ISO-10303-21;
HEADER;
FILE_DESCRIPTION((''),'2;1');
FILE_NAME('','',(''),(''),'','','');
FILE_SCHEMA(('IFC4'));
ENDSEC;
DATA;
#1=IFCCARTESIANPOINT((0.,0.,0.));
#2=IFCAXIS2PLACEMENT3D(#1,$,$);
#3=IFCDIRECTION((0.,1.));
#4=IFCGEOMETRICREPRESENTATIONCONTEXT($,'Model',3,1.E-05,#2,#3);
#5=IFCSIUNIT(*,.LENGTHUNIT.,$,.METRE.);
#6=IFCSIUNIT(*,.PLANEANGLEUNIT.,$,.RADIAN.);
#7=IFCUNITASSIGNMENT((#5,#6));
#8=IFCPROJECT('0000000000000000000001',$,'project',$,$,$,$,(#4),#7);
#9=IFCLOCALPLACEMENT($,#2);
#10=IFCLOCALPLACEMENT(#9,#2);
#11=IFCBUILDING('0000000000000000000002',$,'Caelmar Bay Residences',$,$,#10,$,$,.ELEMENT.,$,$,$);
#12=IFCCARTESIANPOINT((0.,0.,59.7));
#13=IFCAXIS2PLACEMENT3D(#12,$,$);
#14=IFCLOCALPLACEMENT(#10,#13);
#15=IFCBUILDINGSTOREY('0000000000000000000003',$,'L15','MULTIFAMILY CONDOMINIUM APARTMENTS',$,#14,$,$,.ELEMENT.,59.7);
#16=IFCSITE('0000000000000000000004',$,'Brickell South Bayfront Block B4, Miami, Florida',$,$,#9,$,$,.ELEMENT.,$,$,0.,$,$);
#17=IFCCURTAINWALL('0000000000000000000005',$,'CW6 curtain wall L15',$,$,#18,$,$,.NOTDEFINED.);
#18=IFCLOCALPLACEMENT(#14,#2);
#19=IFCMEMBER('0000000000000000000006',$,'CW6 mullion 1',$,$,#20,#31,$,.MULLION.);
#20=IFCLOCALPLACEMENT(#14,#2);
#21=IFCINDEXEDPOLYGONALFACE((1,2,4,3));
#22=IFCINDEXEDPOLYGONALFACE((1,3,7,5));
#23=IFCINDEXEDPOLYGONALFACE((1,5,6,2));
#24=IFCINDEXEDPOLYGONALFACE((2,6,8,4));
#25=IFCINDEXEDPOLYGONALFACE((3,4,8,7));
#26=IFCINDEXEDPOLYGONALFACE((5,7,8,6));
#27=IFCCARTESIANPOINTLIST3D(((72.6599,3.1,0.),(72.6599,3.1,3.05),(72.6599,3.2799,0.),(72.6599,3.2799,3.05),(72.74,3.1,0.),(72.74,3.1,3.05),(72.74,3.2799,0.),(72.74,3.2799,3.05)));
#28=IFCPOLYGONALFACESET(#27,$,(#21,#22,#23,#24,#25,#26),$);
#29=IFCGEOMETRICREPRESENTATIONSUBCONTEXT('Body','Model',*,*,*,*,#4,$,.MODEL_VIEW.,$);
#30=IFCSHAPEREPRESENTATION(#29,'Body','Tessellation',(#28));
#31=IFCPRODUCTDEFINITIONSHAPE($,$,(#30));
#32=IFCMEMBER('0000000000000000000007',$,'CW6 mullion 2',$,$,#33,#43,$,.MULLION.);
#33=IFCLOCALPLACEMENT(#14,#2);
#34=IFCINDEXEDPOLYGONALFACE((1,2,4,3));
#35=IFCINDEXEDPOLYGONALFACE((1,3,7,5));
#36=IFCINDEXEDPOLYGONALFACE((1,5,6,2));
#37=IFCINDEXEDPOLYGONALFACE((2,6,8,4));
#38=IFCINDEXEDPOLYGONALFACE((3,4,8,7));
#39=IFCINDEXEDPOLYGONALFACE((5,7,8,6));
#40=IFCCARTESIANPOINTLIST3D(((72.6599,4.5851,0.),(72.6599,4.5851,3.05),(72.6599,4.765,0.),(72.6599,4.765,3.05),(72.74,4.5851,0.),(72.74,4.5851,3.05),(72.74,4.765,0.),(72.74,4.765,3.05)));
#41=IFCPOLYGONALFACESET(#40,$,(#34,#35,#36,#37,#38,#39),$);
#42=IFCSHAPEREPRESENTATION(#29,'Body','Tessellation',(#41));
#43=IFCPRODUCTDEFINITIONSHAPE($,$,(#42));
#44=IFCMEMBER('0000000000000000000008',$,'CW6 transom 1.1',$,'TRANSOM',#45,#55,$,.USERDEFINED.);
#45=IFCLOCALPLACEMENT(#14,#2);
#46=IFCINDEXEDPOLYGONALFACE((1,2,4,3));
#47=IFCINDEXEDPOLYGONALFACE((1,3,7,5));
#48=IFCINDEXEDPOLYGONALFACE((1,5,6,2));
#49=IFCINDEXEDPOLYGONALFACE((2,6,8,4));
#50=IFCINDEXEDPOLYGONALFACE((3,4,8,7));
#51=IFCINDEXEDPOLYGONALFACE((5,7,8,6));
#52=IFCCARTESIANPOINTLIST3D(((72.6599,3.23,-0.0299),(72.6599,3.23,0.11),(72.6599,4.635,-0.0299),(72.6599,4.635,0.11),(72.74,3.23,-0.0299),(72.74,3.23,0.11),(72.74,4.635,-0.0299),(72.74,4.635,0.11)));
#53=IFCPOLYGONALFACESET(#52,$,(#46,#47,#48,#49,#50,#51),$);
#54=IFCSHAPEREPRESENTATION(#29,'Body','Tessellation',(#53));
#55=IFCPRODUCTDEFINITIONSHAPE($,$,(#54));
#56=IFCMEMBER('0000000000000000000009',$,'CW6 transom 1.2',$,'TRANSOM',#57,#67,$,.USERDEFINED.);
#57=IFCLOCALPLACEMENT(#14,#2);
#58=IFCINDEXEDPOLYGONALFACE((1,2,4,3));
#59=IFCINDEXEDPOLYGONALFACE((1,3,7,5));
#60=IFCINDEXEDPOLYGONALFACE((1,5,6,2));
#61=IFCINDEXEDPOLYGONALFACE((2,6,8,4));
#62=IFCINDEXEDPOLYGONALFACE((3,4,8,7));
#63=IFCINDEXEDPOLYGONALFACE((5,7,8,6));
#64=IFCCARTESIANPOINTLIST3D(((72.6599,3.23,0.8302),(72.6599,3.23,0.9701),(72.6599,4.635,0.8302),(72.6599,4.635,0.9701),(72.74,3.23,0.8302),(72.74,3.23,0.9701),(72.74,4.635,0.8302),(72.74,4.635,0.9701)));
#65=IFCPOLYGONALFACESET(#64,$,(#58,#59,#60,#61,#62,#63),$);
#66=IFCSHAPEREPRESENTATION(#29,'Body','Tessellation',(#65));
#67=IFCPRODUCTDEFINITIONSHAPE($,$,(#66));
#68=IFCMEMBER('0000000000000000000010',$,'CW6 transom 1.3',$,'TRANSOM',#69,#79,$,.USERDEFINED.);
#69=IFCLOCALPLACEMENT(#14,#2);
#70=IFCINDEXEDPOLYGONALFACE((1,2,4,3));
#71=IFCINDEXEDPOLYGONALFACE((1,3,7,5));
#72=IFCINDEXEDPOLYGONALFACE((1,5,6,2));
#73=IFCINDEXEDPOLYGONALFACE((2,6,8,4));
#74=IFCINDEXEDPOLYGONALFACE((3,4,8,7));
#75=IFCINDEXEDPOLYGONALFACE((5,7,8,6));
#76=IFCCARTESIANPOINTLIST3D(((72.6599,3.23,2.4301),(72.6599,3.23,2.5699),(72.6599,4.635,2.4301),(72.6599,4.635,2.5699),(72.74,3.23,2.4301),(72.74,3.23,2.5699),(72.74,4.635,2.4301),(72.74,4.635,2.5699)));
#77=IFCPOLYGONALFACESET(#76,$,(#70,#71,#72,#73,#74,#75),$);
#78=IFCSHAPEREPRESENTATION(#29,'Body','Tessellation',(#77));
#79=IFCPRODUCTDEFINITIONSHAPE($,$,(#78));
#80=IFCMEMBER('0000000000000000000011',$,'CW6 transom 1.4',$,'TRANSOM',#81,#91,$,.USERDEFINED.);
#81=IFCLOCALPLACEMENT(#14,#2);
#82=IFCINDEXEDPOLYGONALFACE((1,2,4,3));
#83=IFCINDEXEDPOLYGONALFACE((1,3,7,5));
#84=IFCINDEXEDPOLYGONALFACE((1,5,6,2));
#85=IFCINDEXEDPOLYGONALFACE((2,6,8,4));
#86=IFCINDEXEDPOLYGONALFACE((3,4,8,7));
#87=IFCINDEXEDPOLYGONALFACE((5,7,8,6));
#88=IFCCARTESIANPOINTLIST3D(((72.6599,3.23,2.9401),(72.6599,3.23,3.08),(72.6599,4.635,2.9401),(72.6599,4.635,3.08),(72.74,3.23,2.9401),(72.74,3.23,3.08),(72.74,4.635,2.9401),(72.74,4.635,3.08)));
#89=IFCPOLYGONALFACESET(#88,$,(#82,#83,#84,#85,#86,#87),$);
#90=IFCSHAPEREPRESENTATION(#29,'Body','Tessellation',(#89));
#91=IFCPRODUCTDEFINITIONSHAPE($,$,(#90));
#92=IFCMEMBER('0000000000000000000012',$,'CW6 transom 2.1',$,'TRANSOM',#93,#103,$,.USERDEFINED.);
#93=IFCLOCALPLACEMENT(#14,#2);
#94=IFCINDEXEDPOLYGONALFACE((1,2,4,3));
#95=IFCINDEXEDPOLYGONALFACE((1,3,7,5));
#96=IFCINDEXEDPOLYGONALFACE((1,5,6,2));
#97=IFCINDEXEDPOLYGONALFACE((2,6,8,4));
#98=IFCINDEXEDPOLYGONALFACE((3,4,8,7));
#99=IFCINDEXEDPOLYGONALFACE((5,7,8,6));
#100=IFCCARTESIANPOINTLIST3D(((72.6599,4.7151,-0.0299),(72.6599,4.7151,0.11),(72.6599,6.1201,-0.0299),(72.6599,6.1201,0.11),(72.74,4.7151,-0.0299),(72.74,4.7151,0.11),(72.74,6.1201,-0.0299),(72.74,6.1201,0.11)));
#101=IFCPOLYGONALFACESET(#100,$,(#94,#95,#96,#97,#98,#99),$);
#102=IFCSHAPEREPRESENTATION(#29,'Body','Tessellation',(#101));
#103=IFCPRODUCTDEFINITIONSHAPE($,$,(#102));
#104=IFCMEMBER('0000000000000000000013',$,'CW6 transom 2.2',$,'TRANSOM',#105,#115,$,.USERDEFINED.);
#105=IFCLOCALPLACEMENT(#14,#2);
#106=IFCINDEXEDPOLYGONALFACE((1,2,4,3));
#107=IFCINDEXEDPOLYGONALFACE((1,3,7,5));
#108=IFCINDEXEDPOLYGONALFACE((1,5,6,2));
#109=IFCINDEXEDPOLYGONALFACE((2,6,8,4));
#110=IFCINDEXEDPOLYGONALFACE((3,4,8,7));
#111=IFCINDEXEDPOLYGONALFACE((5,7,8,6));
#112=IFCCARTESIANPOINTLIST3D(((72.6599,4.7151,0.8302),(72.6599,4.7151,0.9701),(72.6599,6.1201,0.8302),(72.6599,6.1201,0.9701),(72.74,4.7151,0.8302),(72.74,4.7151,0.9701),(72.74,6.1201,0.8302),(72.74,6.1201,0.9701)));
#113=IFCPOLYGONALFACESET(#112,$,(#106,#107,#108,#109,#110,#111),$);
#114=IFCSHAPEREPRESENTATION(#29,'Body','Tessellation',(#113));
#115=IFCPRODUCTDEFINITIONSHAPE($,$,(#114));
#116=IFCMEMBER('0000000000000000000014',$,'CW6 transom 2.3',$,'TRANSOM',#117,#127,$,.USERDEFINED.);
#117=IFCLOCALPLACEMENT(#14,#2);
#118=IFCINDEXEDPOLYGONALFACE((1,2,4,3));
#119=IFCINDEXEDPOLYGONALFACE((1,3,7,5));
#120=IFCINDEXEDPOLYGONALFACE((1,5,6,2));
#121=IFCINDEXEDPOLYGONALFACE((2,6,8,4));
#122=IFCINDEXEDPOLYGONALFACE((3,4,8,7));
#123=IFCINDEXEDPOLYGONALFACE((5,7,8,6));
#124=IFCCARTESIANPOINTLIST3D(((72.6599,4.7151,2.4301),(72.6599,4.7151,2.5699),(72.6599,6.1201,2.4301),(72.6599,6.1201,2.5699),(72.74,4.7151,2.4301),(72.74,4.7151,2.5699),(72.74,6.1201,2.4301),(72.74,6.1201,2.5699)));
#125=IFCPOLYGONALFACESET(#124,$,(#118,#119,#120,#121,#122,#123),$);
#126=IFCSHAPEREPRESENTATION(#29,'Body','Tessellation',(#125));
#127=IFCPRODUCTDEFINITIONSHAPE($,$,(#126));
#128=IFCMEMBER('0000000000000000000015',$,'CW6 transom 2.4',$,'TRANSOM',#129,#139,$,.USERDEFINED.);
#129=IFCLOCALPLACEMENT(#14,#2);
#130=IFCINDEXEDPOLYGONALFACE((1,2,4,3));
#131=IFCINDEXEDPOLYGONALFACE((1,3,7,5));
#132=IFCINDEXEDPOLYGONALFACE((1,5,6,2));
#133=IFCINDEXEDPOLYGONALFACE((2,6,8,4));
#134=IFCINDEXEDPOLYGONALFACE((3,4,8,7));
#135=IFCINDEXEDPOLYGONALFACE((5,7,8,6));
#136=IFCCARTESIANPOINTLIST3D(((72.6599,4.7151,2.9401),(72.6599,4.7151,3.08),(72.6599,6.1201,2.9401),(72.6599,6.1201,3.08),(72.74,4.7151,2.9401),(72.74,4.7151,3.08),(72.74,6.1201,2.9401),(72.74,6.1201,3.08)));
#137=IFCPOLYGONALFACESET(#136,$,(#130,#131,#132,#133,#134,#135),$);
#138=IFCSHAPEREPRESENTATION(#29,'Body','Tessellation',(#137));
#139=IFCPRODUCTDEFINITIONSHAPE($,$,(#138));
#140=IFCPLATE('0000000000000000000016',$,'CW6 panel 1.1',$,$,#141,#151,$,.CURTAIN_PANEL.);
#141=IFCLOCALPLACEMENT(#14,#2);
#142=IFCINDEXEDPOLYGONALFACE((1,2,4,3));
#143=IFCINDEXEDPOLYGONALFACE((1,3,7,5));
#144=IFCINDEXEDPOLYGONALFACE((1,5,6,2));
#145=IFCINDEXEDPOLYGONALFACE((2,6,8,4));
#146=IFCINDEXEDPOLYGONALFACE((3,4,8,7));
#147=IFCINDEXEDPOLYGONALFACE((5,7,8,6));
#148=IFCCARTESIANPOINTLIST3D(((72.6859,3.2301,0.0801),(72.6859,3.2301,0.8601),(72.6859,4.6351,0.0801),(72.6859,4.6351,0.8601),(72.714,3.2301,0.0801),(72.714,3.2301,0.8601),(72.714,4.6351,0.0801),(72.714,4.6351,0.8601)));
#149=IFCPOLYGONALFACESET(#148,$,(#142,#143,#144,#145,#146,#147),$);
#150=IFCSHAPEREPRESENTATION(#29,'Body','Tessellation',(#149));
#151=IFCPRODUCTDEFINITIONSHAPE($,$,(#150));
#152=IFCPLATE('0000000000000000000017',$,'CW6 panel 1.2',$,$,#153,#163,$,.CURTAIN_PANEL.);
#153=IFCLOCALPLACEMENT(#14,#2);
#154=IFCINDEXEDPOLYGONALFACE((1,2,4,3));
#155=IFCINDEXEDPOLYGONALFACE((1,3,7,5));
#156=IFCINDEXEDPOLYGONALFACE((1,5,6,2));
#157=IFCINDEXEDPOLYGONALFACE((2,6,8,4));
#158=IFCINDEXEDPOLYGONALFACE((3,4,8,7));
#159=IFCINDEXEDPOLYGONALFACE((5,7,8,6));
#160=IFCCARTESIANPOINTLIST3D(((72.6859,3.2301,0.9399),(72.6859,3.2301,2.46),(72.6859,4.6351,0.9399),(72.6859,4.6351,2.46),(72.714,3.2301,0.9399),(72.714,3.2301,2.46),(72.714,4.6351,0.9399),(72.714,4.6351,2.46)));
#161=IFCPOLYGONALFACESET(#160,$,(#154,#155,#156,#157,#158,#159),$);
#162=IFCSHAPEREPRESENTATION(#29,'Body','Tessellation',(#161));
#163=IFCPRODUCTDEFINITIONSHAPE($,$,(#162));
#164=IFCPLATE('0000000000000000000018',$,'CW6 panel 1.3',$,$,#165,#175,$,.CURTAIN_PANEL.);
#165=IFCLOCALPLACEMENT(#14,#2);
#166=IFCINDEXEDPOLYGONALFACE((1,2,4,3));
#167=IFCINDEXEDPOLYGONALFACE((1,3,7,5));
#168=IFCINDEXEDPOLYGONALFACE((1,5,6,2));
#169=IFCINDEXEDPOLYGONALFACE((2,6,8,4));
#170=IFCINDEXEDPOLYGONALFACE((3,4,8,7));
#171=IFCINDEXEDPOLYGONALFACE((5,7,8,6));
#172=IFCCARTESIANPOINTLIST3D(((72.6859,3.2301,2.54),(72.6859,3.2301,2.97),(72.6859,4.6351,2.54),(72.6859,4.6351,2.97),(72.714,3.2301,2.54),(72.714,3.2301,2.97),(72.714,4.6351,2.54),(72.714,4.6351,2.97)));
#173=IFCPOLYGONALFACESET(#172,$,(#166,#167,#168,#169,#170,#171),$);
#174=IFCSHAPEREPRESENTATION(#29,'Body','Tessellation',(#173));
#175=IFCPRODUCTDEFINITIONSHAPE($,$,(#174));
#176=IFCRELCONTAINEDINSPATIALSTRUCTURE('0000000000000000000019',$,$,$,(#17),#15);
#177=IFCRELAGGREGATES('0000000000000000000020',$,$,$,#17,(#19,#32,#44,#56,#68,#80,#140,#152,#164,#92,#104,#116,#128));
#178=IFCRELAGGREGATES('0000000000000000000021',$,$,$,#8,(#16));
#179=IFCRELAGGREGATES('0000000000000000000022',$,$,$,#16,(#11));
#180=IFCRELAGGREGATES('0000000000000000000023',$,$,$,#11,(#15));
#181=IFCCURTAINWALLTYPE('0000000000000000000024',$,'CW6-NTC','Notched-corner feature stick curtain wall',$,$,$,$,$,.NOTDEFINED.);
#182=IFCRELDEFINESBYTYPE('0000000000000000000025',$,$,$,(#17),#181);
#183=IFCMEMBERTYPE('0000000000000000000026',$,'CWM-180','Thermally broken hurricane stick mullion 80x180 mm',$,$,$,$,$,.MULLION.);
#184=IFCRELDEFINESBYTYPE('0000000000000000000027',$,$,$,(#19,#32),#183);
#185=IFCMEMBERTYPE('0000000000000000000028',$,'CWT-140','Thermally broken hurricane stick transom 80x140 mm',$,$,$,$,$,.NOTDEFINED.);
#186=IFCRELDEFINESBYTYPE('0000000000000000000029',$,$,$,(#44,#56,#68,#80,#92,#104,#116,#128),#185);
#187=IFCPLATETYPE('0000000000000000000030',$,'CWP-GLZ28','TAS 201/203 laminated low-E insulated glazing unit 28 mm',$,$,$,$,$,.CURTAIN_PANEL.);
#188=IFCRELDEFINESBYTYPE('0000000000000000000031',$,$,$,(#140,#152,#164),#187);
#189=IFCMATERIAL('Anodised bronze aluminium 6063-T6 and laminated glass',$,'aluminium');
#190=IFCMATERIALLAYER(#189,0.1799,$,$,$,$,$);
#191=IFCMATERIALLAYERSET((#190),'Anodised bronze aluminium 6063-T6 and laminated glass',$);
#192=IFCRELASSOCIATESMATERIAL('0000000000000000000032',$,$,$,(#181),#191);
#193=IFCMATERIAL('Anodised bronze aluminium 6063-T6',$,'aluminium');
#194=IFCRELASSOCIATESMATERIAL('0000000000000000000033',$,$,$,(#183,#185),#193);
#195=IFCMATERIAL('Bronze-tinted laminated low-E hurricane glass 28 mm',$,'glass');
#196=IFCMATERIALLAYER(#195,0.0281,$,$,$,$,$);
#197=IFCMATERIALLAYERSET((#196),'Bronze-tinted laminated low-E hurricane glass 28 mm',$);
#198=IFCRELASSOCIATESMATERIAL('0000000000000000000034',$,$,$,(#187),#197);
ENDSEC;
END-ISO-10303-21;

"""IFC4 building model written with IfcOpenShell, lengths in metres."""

from ifc_helpers import new_model, si_unit, direction, frame, origin, origin_2d, place, context, subcontext, project, spatial, rectangle, extrude, material, layer, layer_set, material_profile, profile_set, type_object, element, aggregate, save


model = new_model("IFC4")

# Units and contexts
model_context = context("Model", 3, precision=1e-05, world=origin(), true_north=direction((0.0, 1.0)))
body_context = subcontext(model_context, "Body", "Model", "MODEL_VIEW")
ifc_project = project(units=[si_unit("LENGTHUNIT", "METRE"), si_unit("PLANEANGLEUNIT", "RADIAN")], contexts=[model_context])

# Site, building, storey
site_placement = place(None, origin())
site = spatial("IfcSite", under=ifc_project, at=site_placement, Name="Brickell South Bayfront Block B4, Miami, Florida", CompositionType="ELEMENT", RefElevation=0.0)
building_placement = place(site_placement, origin())
building = spatial("IfcBuilding", under=site, at=building_placement, Name="Caelmar Bay Residences", CompositionType="ELEMENT")
storey_placement = place(building_placement, frame((0.0, 0.0, 59.7)))
storey = spatial("IfcBuildingStorey", under=building, at=storey_placement, Name="L15", Description="MULTIFAMILY CONDOMINIUM APARTMENTS", CompositionType="ELEMENT", Elevation=59.7)

# Curtain wall, members, plates
ifc_material_1 = material(Name="Anodised bronze aluminium 6063-T6 and laminated glass", Category="aluminium")
ifc_layer_1 = layer(ifc_material_1, 0.1799)
ifc_layer_set_1 = layer_set([ifc_layer_1], Name="Anodised bronze aluminium 6063-T6 and laminated glass")
curtain_wall_type = type_object("IfcCurtainWallType", Name="CW6-NTC", Description="Notched-corner feature stick curtain wall", PredefinedType="NOTDEFINED", material=ifc_layer_set_1)
curtain_wall_placement = place(storey_placement, origin())
curtain_wall = element("IfcCurtainWall", 1, at=curtain_wall_placement, inside=storey, type_object=curtain_wall_type, Name="CW6 curtain wall L15", PredefinedType="NOTDEFINED")
ifc_material_2 = material(Name="Anodised bronze aluminium 6063-T6", Category="aluminium")
ifc_material_profile_1 = material_profile(ifc_material_2, rectangle(XDim=0.0801, YDim=0.1799, at=origin_2d()), Name="CWM-80X180")
ifc_profile_set_1 = profile_set([ifc_material_profile_1], Name="Anodised bronze aluminium 6063-T6")
member_type_1 = type_object("IfcMemberType", Name="CWM-180", Description="Thermally broken hurricane stick mullion 80x180 mm", PredefinedType="MULLION", material=ifc_profile_set_1)
member_1_placement = place(storey_placement, frame((72.7, 3.1899, 0.0), z_axis=(0.0, 0.0, 1.0), x_axis=(-1.0, 0.0, 0.0)))
member_1 = element("IfcMember", 2, at=member_1_placement, type_object=member_type_1, Name="CW6 mullion 1", PredefinedType="MULLION", context=body_context, shape_type="SweptSolid", body=[
    extrude(rectangle(XDim=0.0801, YDim=0.1799, at=origin_2d()), origin(), (0.0, 0.0, 1.0), 3.05),
])
member_2_placement = place(storey_placement, frame((72.7, 4.675, 0.0), z_axis=(0.0, 0.0, 1.0), x_axis=(-1.0, 0.0, 0.0)))
member_2 = element("IfcMember", 3, at=member_2_placement, type_object=member_type_1, Name="CW6 mullion 2", PredefinedType="MULLION", context=body_context, shape_type="SweptSolid", body=[
    extrude(rectangle(XDim=0.0801, YDim=0.1799, at=origin_2d()), origin(), (0.0, 0.0, 1.0), 3.05),
])
ifc_material_profile_2 = material_profile(ifc_material_2, rectangle(XDim=0.0801, YDim=0.1399, at=origin_2d()), Name="CWT-80X140")
ifc_profile_set_2 = profile_set([ifc_material_profile_2], Name="Anodised bronze aluminium 6063-T6")
member_type_2 = type_object("IfcMemberType", Name="CWT-140", Description="Thermally broken hurricane stick transom 80x140 mm", PredefinedType="NOTDEFINED", material=ifc_profile_set_2)
member_3_placement = place(storey_placement, frame((72.7, 3.23, 0.04), z_axis=(0.0, 1.0, 0.0), x_axis=(-1.0, 0.0, 0.0)))
member_3 = element("IfcMember", 4, at=member_3_placement, type_object=member_type_2, Name="CW6 transom 1.1", ObjectType="TRANSOM", PredefinedType="USERDEFINED", context=body_context, shape_type="SweptSolid", body=[
    extrude(rectangle(XDim=0.0801, YDim=0.1399, at=origin_2d()), origin(), (0.0, 0.0, 1.0), 1.405),
])
member_4_placement = place(storey_placement, frame((72.7, 3.23, 0.9001), z_axis=(0.0, 1.0, 0.0), x_axis=(-1.0, 0.0, 0.0)))
member_4 = element("IfcMember", 5, at=member_4_placement, type_object=member_type_2, Name="CW6 transom 1.2", ObjectType="TRANSOM", PredefinedType="USERDEFINED", context=body_context, shape_type="SweptSolid", body=[
    extrude(rectangle(XDim=0.0801, YDim=0.1399, at=origin_2d()), origin(), (0.0, 0.0, 1.0), 1.405),
])
member_5_placement = place(storey_placement, frame((72.7, 3.23, 2.5), z_axis=(0.0, 1.0, 0.0), x_axis=(-1.0, 0.0, 0.0)))
member_5 = element("IfcMember", 6, at=member_5_placement, type_object=member_type_2, Name="CW6 transom 1.3", ObjectType="TRANSOM", PredefinedType="USERDEFINED", context=body_context, shape_type="SweptSolid", body=[
    extrude(rectangle(XDim=0.0801, YDim=0.1399, at=origin_2d()), origin(), (0.0, 0.0, 1.0), 1.405),
])
member_6_placement = place(storey_placement, frame((72.7, 3.23, 3.01), z_axis=(0.0, 1.0, 0.0), x_axis=(-1.0, 0.0, 0.0)))
member_6 = element("IfcMember", 7, at=member_6_placement, type_object=member_type_2, Name="CW6 transom 1.4", ObjectType="TRANSOM", PredefinedType="USERDEFINED", context=body_context, shape_type="SweptSolid", body=[
    extrude(rectangle(XDim=0.0801, YDim=0.1399, at=origin_2d()), origin(), (0.0, 0.0, 1.0), 1.405),
])
member_7_placement = place(storey_placement, frame((72.7, 4.7151, 0.04), z_axis=(0.0, 1.0, 0.0), x_axis=(-1.0, 0.0, 0.0)))
member_7 = element("IfcMember", 8, at=member_7_placement, type_object=member_type_2, Name="CW6 transom 2.1", ObjectType="TRANSOM", PredefinedType="USERDEFINED", context=body_context, shape_type="SweptSolid", body=[
    extrude(rectangle(XDim=0.0801, YDim=0.1399, at=origin_2d()), origin(), (0.0, 0.0, 1.0), 1.405),
])
member_8_placement = place(storey_placement, frame((72.7, 4.7151, 0.9001), z_axis=(0.0, 1.0, 0.0), x_axis=(-1.0, 0.0, 0.0)))
member_8 = element("IfcMember", 9, at=member_8_placement, type_object=member_type_2, Name="CW6 transom 2.2", ObjectType="TRANSOM", PredefinedType="USERDEFINED", context=body_context, shape_type="SweptSolid", body=[
    extrude(rectangle(XDim=0.0801, YDim=0.1399, at=origin_2d()), origin(), (0.0, 0.0, 1.0), 1.405),
])
member_9_placement = place(storey_placement, frame((72.7, 4.7151, 2.5), z_axis=(0.0, 1.0, 0.0), x_axis=(-1.0, 0.0, 0.0)))
member_9 = element("IfcMember", 10, at=member_9_placement, type_object=member_type_2, Name="CW6 transom 2.3", ObjectType="TRANSOM", PredefinedType="USERDEFINED", context=body_context, shape_type="SweptSolid", body=[
    extrude(rectangle(XDim=0.0801, YDim=0.1399, at=origin_2d()), origin(), (0.0, 0.0, 1.0), 1.405),
])
member_10_placement = place(storey_placement, frame((72.7, 4.7151, 3.01), z_axis=(0.0, 1.0, 0.0), x_axis=(-1.0, 0.0, 0.0)))
member_10 = element("IfcMember", 11, at=member_10_placement, type_object=member_type_2, Name="CW6 transom 2.4", ObjectType="TRANSOM", PredefinedType="USERDEFINED", context=body_context, shape_type="SweptSolid", body=[
    extrude(rectangle(XDim=0.0801, YDim=0.1399, at=origin_2d()), origin(), (0.0, 0.0, 1.0), 1.405),
])
ifc_material_3 = material(Name="Bronze-tinted laminated low-E hurricane glass 28 mm", Category="glass")
ifc_layer_2 = layer(ifc_material_3, 0.0281)
ifc_layer_set_2 = layer_set([ifc_layer_2], Name="Bronze-tinted laminated low-E hurricane glass 28 mm")
plate_type = type_object("IfcPlateType", Name="CWP-GLZ28", Description="TAS 201/203 laminated low-E insulated glazing unit 28 mm", PredefinedType="CURTAIN_PANEL", material=ifc_layer_set_2)
plate_1_placement = place(storey_placement, frame((72.7, 3.9326, 0.0801), z_axis=(0.0, 0.0, 1.0), x_axis=(0.0, 1.0, 0.0)))
plate_1 = element("IfcPlate", 12, at=plate_1_placement, type_object=plate_type, Name="CW6 panel 1.1", PredefinedType="CURTAIN_PANEL", context=body_context, shape_type="SweptSolid", body=[
    extrude(rectangle(XDim=1.405, YDim=0.0281, at=origin_2d()), origin(), (0.0, 0.0, 1.0), 0.78),
])
plate_2_placement = place(storey_placement, frame((72.7, 3.9326, 0.9399), z_axis=(0.0, 0.0, 1.0), x_axis=(0.0, 1.0, 0.0)))
plate_2 = element("IfcPlate", 13, at=plate_2_placement, type_object=plate_type, Name="CW6 panel 1.2", PredefinedType="CURTAIN_PANEL", context=body_context, shape_type="SweptSolid", body=[
    extrude(rectangle(XDim=1.405, YDim=0.0281, at=origin_2d()), origin(), (0.0, 0.0, 1.0), 1.52),
])
plate_3_placement = place(storey_placement, frame((72.7, 3.9326, 2.54), z_axis=(0.0, 0.0, 1.0), x_axis=(0.0, 1.0, 0.0)))
plate_3 = element("IfcPlate", 14, at=plate_3_placement, type_object=plate_type, Name="CW6 panel 1.3", PredefinedType="CURTAIN_PANEL", context=body_context, shape_type="SweptSolid", body=[
    extrude(rectangle(XDim=1.405, YDim=0.0281, at=origin_2d()), origin(), (0.0, 0.0, 1.0), 0.4299),
])
aggregate(curtain_wall, [member_1, member_2, member_3, member_4, member_5, member_6, plate_1, plate_2, plate_3, member_7, member_8, member_9, member_10])

save(model, "model.ifc")
